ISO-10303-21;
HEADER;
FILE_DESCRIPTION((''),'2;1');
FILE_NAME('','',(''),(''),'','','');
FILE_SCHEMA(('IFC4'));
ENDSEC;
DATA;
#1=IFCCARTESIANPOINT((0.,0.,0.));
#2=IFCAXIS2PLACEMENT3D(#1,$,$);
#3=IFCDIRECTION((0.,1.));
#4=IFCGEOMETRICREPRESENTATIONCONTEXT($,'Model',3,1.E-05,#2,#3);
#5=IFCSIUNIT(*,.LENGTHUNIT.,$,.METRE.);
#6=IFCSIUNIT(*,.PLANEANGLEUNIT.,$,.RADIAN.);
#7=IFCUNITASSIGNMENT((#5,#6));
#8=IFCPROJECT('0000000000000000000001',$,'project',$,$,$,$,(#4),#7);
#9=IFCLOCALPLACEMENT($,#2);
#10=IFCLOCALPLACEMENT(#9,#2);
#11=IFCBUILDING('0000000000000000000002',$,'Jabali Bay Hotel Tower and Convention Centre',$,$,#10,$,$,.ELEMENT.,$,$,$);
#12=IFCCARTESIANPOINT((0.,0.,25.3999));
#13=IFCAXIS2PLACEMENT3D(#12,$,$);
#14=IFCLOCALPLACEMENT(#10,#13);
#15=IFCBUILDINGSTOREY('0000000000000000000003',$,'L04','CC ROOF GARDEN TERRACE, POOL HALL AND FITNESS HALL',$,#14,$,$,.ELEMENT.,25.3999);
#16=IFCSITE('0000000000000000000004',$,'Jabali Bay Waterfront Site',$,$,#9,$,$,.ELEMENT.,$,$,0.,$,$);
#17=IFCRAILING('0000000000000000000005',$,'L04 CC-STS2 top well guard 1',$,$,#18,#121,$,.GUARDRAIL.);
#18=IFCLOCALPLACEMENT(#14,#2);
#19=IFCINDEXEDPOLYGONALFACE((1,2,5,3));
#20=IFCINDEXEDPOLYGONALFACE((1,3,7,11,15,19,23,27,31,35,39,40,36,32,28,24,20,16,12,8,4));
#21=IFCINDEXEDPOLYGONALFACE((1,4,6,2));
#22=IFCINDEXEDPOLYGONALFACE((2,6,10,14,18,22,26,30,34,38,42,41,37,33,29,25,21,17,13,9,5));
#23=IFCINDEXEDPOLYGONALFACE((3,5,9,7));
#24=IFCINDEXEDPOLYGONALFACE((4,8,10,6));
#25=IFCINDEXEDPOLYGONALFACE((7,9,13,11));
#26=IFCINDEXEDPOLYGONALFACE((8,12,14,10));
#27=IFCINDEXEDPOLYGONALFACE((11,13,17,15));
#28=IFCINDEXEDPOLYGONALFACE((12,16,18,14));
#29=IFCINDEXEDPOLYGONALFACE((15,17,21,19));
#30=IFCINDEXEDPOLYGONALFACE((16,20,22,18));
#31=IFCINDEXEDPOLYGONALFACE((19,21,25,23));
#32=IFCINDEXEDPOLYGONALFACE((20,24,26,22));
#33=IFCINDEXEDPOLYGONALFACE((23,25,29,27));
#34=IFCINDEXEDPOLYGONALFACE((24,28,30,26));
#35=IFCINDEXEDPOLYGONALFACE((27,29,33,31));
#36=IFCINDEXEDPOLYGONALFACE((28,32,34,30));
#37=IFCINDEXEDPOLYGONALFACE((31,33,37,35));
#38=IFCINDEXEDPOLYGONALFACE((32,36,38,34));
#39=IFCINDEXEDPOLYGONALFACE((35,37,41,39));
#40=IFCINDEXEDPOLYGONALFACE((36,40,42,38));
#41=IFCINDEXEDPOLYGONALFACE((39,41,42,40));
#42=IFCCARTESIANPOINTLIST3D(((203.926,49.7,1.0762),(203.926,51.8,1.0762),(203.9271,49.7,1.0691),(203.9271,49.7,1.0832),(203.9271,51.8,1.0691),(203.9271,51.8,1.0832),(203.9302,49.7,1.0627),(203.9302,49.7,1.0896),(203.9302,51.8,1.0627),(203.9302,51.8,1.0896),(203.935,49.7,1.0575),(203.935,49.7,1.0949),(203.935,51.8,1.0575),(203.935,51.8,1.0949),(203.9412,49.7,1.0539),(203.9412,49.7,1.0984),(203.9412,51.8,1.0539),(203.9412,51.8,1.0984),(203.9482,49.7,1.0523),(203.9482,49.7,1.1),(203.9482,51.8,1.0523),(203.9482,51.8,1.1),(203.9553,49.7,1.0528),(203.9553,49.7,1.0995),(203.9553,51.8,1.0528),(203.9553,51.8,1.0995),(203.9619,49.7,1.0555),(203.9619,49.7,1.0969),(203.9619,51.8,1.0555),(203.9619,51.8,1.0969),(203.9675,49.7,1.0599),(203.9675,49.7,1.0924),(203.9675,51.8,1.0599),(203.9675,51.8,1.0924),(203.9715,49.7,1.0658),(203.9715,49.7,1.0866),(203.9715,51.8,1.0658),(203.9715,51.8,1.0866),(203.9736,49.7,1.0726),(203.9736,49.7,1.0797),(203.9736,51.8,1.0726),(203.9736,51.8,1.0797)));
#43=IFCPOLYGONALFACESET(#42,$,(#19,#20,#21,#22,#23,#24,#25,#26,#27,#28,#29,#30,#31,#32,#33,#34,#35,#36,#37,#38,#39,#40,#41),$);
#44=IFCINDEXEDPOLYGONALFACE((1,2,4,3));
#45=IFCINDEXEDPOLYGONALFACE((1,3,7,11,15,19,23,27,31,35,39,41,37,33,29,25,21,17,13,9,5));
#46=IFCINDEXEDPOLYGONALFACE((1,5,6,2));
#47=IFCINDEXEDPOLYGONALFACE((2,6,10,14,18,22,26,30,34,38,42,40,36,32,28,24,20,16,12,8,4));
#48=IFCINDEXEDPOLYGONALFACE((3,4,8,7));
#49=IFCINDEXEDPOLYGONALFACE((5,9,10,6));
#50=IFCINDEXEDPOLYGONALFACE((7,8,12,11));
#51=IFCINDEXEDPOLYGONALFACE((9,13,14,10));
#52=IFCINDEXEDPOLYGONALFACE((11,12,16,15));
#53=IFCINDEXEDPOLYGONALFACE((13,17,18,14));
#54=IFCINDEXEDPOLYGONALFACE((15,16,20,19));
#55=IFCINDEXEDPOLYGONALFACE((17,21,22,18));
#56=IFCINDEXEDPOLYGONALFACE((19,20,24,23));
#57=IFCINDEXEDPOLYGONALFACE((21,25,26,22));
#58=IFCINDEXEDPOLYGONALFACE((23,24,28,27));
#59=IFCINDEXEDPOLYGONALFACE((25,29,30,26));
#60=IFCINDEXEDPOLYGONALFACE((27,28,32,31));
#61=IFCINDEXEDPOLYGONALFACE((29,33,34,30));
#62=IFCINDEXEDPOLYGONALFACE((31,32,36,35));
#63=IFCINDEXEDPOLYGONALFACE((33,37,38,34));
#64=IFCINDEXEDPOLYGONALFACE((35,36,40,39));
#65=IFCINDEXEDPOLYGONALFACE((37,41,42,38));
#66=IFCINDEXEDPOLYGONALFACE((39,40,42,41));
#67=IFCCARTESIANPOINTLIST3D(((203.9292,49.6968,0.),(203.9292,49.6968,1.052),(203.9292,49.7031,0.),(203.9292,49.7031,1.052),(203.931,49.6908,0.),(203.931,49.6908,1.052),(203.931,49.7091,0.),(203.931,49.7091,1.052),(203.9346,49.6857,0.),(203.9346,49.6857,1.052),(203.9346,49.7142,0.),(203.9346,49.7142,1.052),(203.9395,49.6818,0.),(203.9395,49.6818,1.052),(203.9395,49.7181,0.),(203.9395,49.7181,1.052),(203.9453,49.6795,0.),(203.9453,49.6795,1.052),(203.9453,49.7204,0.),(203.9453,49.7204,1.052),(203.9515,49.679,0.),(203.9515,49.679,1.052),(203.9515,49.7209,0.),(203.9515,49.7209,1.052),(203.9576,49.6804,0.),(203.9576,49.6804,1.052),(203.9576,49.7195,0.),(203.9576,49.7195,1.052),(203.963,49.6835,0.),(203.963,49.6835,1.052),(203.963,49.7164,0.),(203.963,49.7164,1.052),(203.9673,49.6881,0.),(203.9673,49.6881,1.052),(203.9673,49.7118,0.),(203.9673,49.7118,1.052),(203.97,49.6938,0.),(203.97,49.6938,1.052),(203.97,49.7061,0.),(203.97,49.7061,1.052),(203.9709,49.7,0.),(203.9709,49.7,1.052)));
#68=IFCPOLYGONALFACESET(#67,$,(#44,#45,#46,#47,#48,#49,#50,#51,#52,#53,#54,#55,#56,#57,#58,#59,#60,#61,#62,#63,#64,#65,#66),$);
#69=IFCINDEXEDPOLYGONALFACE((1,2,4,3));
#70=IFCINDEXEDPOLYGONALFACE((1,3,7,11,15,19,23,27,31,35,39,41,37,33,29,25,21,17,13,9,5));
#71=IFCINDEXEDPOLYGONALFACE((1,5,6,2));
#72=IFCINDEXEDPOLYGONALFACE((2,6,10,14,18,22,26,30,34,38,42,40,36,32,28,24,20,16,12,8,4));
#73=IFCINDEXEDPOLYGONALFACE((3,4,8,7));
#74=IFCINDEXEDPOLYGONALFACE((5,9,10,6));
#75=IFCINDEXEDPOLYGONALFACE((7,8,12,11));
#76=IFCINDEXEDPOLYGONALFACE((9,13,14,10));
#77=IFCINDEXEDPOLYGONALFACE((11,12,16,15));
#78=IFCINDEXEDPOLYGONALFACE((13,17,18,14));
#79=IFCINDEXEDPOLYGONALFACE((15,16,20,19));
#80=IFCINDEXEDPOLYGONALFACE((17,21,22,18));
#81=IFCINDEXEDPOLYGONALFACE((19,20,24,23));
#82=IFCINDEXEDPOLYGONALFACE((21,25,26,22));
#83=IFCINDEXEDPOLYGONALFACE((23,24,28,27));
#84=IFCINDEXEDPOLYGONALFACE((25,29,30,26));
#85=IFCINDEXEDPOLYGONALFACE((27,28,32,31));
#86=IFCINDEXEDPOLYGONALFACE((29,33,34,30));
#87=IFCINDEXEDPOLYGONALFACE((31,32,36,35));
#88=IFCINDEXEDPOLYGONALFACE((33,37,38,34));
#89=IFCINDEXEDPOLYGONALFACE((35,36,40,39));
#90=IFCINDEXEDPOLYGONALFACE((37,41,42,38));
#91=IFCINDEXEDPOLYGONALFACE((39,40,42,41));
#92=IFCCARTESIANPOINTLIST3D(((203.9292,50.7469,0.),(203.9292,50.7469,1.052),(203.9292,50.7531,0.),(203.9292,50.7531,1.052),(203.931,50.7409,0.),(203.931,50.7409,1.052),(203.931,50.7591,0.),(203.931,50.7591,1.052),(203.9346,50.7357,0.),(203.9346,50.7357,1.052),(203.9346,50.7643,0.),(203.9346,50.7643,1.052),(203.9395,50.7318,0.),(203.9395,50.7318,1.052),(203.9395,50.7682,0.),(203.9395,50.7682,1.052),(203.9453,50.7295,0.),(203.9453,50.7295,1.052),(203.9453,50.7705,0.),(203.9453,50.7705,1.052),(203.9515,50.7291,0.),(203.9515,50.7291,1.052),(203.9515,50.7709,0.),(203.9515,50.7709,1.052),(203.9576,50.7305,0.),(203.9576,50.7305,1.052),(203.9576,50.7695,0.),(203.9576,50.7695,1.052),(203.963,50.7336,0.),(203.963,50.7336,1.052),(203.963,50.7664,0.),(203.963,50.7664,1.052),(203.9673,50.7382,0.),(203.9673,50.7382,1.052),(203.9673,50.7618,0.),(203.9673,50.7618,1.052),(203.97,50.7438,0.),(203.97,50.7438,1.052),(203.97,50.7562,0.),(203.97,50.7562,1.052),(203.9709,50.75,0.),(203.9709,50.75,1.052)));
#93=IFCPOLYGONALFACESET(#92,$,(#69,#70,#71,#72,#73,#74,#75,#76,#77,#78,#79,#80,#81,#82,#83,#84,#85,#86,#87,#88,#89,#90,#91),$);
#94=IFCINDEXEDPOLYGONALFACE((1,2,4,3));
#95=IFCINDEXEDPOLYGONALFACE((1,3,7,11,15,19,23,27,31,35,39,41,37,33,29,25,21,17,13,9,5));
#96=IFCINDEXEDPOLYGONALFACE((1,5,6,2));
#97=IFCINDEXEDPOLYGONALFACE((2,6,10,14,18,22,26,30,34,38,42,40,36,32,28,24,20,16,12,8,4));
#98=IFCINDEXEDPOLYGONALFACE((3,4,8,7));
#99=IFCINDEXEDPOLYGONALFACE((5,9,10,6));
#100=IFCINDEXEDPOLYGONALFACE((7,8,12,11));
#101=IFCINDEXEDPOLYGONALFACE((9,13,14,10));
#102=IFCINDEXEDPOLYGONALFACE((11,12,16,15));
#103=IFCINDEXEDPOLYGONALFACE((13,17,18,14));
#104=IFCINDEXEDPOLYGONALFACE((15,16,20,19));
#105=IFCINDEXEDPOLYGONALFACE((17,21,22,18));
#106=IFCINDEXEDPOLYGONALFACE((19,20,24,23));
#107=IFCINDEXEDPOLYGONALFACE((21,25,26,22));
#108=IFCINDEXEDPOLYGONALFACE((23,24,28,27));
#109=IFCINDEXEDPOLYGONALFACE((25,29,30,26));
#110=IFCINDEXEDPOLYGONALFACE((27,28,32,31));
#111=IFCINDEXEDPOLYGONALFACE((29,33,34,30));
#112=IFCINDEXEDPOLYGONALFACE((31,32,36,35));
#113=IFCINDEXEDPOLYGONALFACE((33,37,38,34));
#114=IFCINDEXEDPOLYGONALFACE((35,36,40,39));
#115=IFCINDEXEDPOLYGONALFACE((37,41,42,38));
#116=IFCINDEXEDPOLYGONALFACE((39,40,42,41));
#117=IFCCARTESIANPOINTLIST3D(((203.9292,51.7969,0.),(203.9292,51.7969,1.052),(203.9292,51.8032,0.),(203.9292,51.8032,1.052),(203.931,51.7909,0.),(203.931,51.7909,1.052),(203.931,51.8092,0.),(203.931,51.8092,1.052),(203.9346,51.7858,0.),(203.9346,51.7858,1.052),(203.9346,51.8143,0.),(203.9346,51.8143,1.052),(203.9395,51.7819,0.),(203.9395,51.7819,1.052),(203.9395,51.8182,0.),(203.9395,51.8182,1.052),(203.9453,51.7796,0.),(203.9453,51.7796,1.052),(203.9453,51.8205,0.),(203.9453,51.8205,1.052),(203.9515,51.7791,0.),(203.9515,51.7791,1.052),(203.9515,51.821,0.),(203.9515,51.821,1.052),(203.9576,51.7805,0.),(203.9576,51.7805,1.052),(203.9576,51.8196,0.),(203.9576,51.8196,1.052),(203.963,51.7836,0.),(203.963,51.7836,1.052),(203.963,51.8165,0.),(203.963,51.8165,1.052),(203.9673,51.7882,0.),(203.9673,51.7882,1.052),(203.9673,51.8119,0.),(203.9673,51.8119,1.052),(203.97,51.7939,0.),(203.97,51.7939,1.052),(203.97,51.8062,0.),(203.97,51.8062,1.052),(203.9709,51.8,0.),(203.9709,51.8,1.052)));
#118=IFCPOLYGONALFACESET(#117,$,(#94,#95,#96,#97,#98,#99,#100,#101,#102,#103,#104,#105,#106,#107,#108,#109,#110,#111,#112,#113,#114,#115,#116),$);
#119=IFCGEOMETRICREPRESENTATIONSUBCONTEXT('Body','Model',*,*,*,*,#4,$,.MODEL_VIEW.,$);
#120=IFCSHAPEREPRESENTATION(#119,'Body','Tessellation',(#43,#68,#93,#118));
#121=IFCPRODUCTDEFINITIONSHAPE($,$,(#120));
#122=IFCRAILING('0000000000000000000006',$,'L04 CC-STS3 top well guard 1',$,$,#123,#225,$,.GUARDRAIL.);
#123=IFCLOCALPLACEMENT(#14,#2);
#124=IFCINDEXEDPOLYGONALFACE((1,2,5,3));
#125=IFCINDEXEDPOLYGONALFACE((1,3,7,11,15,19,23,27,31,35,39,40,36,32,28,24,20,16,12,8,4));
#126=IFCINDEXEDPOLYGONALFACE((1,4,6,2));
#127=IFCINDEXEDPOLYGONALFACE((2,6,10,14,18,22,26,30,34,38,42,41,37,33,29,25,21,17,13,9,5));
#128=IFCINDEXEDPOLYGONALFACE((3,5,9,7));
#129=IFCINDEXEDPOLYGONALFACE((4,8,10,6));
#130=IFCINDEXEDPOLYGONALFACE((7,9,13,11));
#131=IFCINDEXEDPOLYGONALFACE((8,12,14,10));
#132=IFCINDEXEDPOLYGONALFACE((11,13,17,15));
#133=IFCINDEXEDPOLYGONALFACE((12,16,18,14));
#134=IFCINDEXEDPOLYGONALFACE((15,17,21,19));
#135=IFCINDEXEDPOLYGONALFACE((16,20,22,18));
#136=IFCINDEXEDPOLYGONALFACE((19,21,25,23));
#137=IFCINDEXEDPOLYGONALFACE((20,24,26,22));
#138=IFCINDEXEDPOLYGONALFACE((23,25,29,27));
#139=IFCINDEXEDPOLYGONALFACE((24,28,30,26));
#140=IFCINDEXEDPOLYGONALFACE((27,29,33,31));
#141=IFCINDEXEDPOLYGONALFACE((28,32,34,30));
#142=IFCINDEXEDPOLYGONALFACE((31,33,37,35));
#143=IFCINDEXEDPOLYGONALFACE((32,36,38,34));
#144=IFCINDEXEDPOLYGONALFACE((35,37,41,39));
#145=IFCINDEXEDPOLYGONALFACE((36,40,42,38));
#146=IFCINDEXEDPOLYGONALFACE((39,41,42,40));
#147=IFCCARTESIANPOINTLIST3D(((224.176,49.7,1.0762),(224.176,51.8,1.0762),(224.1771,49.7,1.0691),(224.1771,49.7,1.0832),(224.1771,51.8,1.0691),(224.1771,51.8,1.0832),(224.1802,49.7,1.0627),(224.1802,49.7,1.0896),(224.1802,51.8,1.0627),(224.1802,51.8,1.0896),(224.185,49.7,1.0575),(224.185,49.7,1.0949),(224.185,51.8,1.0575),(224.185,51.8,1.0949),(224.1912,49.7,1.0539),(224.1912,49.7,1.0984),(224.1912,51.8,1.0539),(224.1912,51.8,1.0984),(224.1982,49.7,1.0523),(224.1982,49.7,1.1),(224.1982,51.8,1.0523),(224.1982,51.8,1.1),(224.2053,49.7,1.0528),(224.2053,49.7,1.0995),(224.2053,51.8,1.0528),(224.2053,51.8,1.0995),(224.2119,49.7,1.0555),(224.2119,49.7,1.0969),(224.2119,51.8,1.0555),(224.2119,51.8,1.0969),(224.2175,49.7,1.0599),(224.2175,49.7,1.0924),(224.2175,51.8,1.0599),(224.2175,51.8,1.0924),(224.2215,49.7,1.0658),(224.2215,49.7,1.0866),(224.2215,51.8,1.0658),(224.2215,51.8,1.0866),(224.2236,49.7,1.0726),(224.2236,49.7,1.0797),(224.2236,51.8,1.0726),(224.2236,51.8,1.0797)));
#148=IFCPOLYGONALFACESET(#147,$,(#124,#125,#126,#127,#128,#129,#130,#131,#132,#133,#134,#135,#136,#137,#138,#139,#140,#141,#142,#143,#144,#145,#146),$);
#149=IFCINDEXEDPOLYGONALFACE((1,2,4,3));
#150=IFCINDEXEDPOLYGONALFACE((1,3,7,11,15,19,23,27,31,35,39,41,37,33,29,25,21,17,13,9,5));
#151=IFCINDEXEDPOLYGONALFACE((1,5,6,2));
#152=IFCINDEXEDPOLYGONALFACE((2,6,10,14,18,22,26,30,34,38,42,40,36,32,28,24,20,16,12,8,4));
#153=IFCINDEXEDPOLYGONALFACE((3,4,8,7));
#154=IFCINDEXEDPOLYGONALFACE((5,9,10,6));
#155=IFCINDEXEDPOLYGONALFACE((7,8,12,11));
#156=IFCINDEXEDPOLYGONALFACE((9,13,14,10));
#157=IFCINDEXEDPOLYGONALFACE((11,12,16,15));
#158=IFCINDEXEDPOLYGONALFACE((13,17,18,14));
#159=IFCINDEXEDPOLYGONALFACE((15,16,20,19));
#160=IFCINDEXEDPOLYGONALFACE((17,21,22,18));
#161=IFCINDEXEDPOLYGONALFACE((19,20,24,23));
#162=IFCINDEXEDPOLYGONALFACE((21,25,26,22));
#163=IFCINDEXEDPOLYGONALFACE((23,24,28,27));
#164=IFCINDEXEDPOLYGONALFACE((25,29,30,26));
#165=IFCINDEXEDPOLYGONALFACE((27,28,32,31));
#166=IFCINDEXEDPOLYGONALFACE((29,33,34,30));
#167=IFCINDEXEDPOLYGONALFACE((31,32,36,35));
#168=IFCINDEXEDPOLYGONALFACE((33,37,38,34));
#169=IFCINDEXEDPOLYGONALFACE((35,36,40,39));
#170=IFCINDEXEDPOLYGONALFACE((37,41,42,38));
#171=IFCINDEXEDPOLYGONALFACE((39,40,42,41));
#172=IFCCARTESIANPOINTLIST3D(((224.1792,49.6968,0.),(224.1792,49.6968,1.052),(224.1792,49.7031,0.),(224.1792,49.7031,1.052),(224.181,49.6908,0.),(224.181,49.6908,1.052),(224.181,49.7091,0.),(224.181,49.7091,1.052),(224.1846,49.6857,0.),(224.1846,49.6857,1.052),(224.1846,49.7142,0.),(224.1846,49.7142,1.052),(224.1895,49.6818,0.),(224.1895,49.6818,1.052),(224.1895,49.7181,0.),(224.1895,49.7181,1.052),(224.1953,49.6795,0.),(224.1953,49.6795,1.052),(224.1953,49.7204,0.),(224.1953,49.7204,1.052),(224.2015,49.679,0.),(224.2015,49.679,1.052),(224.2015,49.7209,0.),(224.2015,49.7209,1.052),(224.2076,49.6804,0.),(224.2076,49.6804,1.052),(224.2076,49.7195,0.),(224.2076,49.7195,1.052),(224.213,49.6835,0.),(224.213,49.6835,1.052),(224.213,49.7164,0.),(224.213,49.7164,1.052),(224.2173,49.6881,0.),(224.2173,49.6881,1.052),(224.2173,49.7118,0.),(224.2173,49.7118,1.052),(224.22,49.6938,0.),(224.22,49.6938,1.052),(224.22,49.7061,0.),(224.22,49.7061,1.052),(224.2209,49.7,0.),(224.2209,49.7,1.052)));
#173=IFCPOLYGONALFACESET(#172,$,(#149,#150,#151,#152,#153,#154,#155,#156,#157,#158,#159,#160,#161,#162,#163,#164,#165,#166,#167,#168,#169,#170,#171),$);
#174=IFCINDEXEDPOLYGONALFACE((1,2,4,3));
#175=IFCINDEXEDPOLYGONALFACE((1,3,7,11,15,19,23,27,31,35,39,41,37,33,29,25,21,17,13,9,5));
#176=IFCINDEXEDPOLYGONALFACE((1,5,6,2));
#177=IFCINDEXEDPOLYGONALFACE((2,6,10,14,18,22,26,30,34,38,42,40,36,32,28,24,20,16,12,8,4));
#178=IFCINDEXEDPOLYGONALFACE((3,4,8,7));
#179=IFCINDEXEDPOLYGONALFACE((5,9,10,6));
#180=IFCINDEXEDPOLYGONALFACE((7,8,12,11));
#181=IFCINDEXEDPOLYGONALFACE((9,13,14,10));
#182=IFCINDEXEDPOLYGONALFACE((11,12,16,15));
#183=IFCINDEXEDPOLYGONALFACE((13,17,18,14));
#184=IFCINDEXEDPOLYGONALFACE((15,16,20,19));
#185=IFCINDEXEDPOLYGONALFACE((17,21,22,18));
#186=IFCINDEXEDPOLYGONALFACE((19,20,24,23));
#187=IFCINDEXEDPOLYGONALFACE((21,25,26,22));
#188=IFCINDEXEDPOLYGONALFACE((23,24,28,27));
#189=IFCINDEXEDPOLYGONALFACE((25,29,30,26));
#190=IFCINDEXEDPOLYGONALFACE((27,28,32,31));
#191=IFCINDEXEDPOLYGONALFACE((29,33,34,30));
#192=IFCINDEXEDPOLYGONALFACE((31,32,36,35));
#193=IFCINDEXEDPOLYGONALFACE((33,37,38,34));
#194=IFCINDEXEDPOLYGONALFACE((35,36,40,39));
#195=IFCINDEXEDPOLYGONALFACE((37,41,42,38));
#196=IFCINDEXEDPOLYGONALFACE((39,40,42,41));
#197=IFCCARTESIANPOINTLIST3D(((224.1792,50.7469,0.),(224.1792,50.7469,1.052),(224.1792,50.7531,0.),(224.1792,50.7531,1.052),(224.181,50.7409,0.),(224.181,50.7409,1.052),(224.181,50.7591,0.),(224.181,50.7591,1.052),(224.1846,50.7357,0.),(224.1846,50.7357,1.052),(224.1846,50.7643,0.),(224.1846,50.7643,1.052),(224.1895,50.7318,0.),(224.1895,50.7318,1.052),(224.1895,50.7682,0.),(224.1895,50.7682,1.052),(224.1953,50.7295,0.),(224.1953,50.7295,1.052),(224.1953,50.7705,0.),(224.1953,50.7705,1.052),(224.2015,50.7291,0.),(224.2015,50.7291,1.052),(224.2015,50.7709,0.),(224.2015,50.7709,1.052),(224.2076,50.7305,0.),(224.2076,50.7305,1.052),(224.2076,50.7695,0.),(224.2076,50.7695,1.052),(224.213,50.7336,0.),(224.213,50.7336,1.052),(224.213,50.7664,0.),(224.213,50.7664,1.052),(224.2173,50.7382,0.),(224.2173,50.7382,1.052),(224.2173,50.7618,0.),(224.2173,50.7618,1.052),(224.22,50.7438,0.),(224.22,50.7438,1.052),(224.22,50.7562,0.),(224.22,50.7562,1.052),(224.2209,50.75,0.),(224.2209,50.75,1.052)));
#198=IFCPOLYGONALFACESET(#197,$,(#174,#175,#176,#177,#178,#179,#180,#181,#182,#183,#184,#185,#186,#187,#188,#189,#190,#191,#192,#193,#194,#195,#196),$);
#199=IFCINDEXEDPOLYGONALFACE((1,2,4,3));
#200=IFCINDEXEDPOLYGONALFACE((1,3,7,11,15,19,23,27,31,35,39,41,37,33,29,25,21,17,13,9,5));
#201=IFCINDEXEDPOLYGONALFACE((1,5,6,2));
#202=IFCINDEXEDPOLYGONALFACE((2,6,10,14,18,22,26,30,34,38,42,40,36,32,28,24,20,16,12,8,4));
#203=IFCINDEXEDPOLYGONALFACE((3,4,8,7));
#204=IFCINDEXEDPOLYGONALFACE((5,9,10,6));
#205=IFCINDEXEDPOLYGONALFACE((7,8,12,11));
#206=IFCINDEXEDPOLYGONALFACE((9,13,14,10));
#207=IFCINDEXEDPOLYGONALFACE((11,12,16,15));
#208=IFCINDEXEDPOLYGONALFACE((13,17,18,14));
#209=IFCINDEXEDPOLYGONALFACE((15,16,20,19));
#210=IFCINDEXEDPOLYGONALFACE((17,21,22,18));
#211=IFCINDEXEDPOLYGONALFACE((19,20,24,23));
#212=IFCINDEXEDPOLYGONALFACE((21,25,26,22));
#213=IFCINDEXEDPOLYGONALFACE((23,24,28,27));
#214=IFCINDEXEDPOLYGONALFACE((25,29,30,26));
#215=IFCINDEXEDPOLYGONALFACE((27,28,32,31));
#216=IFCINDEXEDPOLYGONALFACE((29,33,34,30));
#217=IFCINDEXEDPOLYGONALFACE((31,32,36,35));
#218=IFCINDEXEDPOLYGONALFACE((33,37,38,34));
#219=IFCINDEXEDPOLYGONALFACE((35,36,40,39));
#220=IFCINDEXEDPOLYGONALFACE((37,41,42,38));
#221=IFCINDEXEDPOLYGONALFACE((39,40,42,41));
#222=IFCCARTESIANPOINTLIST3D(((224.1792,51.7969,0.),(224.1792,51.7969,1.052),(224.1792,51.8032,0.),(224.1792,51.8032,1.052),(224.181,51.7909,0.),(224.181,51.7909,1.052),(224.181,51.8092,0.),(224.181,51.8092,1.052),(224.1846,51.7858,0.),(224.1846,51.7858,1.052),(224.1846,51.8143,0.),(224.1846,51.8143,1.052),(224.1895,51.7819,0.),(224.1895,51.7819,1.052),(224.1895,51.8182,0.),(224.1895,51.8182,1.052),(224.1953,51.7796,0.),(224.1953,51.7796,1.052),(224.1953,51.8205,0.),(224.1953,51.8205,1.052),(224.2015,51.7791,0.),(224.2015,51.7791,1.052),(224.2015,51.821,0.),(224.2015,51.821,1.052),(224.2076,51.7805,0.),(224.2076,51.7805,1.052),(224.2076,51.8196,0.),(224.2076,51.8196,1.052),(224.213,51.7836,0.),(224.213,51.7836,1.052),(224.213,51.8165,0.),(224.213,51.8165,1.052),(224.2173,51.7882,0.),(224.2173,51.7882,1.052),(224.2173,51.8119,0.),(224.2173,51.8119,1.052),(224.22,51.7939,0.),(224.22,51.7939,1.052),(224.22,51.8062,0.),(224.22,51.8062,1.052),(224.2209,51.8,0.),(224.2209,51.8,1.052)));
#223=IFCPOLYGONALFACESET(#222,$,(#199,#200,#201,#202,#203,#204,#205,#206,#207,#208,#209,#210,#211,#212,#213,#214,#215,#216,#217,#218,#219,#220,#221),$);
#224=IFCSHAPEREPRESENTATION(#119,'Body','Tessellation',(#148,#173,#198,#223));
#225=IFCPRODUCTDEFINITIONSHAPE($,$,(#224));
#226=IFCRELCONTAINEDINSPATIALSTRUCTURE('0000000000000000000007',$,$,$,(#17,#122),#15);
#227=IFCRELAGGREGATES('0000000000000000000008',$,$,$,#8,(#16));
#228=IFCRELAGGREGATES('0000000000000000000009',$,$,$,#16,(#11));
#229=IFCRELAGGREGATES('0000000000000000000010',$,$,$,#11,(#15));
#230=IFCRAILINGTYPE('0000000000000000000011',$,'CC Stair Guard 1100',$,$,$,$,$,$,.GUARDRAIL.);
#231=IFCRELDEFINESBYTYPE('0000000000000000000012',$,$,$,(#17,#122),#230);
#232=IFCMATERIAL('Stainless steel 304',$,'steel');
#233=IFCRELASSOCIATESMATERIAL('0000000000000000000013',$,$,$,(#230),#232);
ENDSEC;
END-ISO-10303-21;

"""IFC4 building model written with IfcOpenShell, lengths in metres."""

from ifc_helpers import new_model, si_unit, direction, frame, origin, origin_2d, place, context, subcontext, project, spatial, circle, extrude, material, type_object, element, save


model = new_model("IFC4")

# Units and contexts
model_context = context("Model", 3, precision=1e-05, world=origin(), true_north=direction((0.0, 1.0)))
body_context = subcontext(model_context, "Body", "Model", "MODEL_VIEW")
ifc_project = project(units=[si_unit("LENGTHUNIT", "METRE"), si_unit("PLANEANGLEUNIT", "RADIAN")], contexts=[model_context])

# Site, building, storey
site_placement = place(None, origin())
site = spatial("IfcSite", under=ifc_project, at=site_placement, Name="Jabali Bay Waterfront Site", CompositionType="ELEMENT", RefElevation=0.0)
building_placement = place(site_placement, origin())
building = spatial("IfcBuilding", under=site, at=building_placement, Name="Jabali Bay Hotel Tower and Convention Centre", CompositionType="ELEMENT")
storey_placement = place(building_placement, frame((0.0, 0.0, 25.3999)))
storey = spatial("IfcBuildingStorey", under=building, at=storey_placement, Name="L04", Description="CC ROOF GARDEN TERRACE, POOL HALL AND FITNESS HALL", CompositionType="ELEMENT", Elevation=25.3999)

# Railings
ifc_material_1 = material(Name="Stainless steel 304", Category="steel")
railing_type = type_object("IfcRailingType", Name="CC Stair Guard 1100", PredefinedType="GUARDRAIL", material=ifc_material_1)
for number, where, name in (
    (1, (203.95, 49.7, 0.0), "L04 CC-STS2 top well guard 1"),
    (2, (224.2, 49.7, 0.0), "L04 CC-STS3 top well guard 1"),
):
    element("IfcRailing", number, at=place(storey_placement, frame(where)), inside=storey, type_object=railing_type, Name=name, PredefinedType="GUARDRAIL", context=body_context, shape_type="SweptSolid", body=[
        extrude(circle(Radius=0.0239, at=origin_2d()), frame((0.0, 0.0, 1.0762), z_axis=(0.0, 1.0, 0.0), x_axis=(-1.0, 0.0, 0.0)), (0.0, 0.0, 1.0), 2.1001),
        extrude(circle(Radius=0.021, at=origin_2d()), origin(), (0.0, 0.0, 1.0), 1.052),
        extrude(circle(Radius=0.021, at=origin_2d()), frame((0.0, 1.05, 0.0)), (0.0, 0.0, 1.0), 1.052),
        extrude(circle(Radius=0.021, at=origin_2d()), frame((0.0, 2.1001, 0.0)), (0.0, 0.0, 1.0), 1.052),
    ])

save(model, "model.ifc")
